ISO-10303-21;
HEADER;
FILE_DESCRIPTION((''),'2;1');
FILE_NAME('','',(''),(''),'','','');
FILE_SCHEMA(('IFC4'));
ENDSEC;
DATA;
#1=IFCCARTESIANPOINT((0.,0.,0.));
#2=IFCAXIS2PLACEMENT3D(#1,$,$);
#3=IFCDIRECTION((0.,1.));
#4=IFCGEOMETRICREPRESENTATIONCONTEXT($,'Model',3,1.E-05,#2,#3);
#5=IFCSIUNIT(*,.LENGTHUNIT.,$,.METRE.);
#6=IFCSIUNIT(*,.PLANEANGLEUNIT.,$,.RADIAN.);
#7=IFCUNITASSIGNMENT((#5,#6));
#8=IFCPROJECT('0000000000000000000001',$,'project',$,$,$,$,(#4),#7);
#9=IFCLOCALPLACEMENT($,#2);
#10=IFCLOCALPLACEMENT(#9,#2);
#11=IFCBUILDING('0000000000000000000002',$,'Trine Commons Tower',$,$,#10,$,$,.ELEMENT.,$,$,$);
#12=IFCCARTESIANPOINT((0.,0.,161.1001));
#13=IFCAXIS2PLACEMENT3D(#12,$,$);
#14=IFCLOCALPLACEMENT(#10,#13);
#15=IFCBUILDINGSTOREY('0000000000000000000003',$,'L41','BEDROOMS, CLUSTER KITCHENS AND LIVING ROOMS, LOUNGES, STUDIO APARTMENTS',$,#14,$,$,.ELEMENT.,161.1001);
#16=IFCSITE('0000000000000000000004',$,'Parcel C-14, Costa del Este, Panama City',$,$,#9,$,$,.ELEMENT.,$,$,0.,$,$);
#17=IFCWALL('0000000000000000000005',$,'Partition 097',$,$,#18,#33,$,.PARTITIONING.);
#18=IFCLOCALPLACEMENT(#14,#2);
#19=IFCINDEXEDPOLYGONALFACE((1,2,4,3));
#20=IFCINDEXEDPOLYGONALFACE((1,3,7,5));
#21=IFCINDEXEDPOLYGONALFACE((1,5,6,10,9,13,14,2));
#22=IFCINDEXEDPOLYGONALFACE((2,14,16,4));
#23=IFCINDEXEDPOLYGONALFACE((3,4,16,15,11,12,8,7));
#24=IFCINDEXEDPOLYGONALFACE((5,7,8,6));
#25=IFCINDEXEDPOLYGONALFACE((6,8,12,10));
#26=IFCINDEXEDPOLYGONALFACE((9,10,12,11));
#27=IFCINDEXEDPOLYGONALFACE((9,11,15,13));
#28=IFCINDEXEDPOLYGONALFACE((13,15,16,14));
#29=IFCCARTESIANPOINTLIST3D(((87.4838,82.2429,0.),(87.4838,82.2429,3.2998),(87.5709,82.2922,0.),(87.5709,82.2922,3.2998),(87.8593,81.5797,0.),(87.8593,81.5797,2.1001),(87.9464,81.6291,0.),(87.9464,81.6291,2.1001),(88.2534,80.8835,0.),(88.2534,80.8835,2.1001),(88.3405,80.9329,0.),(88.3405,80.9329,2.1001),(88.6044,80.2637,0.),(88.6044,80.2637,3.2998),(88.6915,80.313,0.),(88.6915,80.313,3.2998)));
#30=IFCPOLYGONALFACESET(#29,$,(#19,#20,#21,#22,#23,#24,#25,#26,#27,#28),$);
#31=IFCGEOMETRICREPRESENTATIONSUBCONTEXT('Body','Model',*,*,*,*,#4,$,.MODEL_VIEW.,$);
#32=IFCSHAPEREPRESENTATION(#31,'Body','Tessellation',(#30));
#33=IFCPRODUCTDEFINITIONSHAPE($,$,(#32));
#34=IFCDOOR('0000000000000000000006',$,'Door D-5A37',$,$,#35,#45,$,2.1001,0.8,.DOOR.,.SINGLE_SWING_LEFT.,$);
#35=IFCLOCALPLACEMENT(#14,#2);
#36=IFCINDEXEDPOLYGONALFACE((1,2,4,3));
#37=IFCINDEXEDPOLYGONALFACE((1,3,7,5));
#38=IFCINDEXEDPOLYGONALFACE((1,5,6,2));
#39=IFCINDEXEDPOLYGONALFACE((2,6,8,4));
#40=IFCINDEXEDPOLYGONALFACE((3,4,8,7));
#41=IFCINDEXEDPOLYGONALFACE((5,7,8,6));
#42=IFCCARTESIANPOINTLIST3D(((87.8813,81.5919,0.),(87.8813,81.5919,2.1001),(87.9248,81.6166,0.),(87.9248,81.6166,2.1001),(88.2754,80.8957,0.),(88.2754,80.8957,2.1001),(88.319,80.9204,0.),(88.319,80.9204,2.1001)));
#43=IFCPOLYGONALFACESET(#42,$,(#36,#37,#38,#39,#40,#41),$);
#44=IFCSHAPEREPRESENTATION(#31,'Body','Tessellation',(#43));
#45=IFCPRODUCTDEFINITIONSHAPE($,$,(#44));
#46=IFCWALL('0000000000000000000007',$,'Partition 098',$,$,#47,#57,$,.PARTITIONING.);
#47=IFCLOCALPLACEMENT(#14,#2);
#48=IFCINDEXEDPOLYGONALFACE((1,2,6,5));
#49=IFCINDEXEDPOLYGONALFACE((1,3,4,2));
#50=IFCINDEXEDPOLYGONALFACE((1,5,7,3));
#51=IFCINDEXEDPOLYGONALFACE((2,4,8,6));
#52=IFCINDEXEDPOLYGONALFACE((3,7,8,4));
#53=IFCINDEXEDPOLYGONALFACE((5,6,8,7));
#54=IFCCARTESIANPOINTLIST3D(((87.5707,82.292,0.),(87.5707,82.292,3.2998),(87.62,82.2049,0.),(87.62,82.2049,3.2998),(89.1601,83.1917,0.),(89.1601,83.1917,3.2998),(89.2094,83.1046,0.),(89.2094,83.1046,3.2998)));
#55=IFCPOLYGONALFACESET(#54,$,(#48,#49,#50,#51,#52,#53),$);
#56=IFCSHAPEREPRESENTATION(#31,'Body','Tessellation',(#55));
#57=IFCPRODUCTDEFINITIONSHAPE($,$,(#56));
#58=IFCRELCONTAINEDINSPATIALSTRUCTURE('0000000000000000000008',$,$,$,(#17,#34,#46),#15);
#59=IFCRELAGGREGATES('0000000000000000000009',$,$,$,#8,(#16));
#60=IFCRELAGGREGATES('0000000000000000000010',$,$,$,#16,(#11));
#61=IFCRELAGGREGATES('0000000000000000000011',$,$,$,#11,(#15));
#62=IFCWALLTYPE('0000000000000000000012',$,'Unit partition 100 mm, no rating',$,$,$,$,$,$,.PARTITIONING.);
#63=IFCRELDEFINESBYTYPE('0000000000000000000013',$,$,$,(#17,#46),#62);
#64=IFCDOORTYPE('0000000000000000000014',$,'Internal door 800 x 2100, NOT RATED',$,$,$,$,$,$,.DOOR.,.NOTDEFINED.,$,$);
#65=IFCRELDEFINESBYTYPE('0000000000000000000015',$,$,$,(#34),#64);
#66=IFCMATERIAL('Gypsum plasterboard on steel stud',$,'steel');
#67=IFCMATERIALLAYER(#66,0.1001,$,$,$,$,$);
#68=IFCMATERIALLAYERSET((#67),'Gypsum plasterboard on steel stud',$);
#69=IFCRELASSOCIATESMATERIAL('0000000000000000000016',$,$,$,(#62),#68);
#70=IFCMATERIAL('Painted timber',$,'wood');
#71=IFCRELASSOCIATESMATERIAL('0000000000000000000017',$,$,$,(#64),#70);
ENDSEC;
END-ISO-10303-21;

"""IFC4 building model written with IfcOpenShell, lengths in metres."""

from ifc_helpers import new_model, si_unit, direction, frame, frame_2d, origin, place, context, subcontext, project, spatial, rectangle, extrude, material, layer, layer_set, type_object, element, fill, save


model = new_model("IFC4")

# Units and contexts
model_context = context("Model", 3, precision=1e-05, world=origin(), true_north=direction((0.0, 1.0)))
body_context = subcontext(model_context, "Body", "Model", "MODEL_VIEW")
ifc_project = project(units=[si_unit("LENGTHUNIT", "METRE"), si_unit("PLANEANGLEUNIT", "RADIAN")], contexts=[model_context])

# Site, building, storey
site_placement = place(None, origin())
site = spatial("IfcSite", under=ifc_project, at=site_placement, Name="Parcel C-14, Costa del Este, Panama City", CompositionType="ELEMENT", RefElevation=0.0)
building_placement = place(site_placement, origin())
building = spatial("IfcBuilding", under=site, at=building_placement, Name="Trine Commons Tower", CompositionType="ELEMENT")
storey_placement = place(building_placement, frame((0.0, 0.0, 161.1001)))
storey = spatial("IfcBuildingStorey", under=building, at=storey_placement, Name="L41", Description="BEDROOMS, CLUSTER KITCHENS AND LIVING ROOMS, LOUNGES, STUDIO APARTMENTS", CompositionType="ELEMENT", Elevation=161.1001)

# Shared definitions
ifc_material_1 = material(Name="Gypsum plasterboard on steel stud", Category="steel")

# Shared definitions
ifc_layer_1 = layer(ifc_material_1, 0.1001)
ifc_layer_set_1 = layer_set([ifc_layer_1], Name="Gypsum plasterboard on steel stud")
wall_type_1 = type_object("IfcWallType", Name="Unit partition 100 mm, no rating", PredefinedType="PARTITIONING", material=ifc_layer_set_1)

# Wall, opening, door
ifc_material_2 = material(Name="Painted timber", Category="wood")
door_type_1 = type_object("IfcDoorType", Name="Internal door 800 x 2100, NOT RATED", OperationType="NOTDEFINED", PredefinedType="DOOR", material=ifc_material_2)
wall_1_placement = place(storey_placement, frame((87.5273, 82.2676, 0.0), z_axis=(0.0, 0.0, 1.0), x_axis=(0.49269, -0.870205, 0.0)))
wall_1 = element("IfcWall", 1, at=wall_1_placement, inside=storey, type_object=wall_type_1, Name="Partition 097", PredefinedType="PARTITIONING", context=body_context, shape_type="SweptSolid", body=[
    extrude(rectangle(XDim=2.2744, YDim=0.1001, at=frame_2d((1.1372, 0.0))), origin(), (0.0, 0.0, 1.0), 3.2998),
])
opening_1_placement = place(wall_1_placement, frame((0.7622, 0.0, 0.0)))
opening_1 = element("IfcOpeningElement", 2, at=opening_1_placement, cuts=wall_1, PredefinedType="OPENING", context=body_context, shape_type="SweptSolid", body=[
    extrude(rectangle(XDim=0.8, YDim=2.1001, at=frame_2d((0.3999, 1.05))), frame((0.0, 0.0601, 0.0), z_axis=(0.0, -1.0, 0.0), x_axis=(1.0, 0.0, 0.0)), (0.0, 0.0, 1.0), 0.1201),
])
door_1_placement = place(opening_1_placement, frame((0.8, 0.0, 0.0), z_axis=(0.0, 0.0, 1.0), x_axis=(-1.0, 0.0, 0.0)))
door_1 = element("IfcDoor", 3, at=door_1_placement, inside=storey, type_object=door_type_1, Name="Door D-5A37", OperationType="SINGLE_SWING_LEFT", OverallHeight=2.1001, OverallWidth=0.8, PredefinedType="DOOR", context=body_context, shape_type="SweptSolid", body=[
    extrude(rectangle(XDim=0.8, YDim=2.1001, at=frame_2d((0.3999, 1.05))), frame((0.0, 0.0249, 0.0), z_axis=(0.0, -1.0, 0.0), x_axis=(1.0, 0.0, 0.0)), (0.0, 0.0, 1.0), 0.05),
])
fill(opening_1, door_1)

# Wall
wall_2_placement = place(storey_placement, frame((87.5955, 82.2485, 0.0), z_axis=(0.0, 0.0, 1.0), x_axis=(0.870251, 0.492608, 0.0)))
element("IfcWall", 4, at=wall_2_placement, inside=storey, type_object=wall_type_1, Name="Partition 098", PredefinedType="PARTITIONING", context=body_context, shape_type="SweptSolid", body=[
    extrude(rectangle(XDim=1.8264, YDim=0.1001, at=frame_2d((0.9131, 0.0))), origin(), (0.0, 0.0, 1.0), 3.2998),
])

save(model, "model.ifc")
